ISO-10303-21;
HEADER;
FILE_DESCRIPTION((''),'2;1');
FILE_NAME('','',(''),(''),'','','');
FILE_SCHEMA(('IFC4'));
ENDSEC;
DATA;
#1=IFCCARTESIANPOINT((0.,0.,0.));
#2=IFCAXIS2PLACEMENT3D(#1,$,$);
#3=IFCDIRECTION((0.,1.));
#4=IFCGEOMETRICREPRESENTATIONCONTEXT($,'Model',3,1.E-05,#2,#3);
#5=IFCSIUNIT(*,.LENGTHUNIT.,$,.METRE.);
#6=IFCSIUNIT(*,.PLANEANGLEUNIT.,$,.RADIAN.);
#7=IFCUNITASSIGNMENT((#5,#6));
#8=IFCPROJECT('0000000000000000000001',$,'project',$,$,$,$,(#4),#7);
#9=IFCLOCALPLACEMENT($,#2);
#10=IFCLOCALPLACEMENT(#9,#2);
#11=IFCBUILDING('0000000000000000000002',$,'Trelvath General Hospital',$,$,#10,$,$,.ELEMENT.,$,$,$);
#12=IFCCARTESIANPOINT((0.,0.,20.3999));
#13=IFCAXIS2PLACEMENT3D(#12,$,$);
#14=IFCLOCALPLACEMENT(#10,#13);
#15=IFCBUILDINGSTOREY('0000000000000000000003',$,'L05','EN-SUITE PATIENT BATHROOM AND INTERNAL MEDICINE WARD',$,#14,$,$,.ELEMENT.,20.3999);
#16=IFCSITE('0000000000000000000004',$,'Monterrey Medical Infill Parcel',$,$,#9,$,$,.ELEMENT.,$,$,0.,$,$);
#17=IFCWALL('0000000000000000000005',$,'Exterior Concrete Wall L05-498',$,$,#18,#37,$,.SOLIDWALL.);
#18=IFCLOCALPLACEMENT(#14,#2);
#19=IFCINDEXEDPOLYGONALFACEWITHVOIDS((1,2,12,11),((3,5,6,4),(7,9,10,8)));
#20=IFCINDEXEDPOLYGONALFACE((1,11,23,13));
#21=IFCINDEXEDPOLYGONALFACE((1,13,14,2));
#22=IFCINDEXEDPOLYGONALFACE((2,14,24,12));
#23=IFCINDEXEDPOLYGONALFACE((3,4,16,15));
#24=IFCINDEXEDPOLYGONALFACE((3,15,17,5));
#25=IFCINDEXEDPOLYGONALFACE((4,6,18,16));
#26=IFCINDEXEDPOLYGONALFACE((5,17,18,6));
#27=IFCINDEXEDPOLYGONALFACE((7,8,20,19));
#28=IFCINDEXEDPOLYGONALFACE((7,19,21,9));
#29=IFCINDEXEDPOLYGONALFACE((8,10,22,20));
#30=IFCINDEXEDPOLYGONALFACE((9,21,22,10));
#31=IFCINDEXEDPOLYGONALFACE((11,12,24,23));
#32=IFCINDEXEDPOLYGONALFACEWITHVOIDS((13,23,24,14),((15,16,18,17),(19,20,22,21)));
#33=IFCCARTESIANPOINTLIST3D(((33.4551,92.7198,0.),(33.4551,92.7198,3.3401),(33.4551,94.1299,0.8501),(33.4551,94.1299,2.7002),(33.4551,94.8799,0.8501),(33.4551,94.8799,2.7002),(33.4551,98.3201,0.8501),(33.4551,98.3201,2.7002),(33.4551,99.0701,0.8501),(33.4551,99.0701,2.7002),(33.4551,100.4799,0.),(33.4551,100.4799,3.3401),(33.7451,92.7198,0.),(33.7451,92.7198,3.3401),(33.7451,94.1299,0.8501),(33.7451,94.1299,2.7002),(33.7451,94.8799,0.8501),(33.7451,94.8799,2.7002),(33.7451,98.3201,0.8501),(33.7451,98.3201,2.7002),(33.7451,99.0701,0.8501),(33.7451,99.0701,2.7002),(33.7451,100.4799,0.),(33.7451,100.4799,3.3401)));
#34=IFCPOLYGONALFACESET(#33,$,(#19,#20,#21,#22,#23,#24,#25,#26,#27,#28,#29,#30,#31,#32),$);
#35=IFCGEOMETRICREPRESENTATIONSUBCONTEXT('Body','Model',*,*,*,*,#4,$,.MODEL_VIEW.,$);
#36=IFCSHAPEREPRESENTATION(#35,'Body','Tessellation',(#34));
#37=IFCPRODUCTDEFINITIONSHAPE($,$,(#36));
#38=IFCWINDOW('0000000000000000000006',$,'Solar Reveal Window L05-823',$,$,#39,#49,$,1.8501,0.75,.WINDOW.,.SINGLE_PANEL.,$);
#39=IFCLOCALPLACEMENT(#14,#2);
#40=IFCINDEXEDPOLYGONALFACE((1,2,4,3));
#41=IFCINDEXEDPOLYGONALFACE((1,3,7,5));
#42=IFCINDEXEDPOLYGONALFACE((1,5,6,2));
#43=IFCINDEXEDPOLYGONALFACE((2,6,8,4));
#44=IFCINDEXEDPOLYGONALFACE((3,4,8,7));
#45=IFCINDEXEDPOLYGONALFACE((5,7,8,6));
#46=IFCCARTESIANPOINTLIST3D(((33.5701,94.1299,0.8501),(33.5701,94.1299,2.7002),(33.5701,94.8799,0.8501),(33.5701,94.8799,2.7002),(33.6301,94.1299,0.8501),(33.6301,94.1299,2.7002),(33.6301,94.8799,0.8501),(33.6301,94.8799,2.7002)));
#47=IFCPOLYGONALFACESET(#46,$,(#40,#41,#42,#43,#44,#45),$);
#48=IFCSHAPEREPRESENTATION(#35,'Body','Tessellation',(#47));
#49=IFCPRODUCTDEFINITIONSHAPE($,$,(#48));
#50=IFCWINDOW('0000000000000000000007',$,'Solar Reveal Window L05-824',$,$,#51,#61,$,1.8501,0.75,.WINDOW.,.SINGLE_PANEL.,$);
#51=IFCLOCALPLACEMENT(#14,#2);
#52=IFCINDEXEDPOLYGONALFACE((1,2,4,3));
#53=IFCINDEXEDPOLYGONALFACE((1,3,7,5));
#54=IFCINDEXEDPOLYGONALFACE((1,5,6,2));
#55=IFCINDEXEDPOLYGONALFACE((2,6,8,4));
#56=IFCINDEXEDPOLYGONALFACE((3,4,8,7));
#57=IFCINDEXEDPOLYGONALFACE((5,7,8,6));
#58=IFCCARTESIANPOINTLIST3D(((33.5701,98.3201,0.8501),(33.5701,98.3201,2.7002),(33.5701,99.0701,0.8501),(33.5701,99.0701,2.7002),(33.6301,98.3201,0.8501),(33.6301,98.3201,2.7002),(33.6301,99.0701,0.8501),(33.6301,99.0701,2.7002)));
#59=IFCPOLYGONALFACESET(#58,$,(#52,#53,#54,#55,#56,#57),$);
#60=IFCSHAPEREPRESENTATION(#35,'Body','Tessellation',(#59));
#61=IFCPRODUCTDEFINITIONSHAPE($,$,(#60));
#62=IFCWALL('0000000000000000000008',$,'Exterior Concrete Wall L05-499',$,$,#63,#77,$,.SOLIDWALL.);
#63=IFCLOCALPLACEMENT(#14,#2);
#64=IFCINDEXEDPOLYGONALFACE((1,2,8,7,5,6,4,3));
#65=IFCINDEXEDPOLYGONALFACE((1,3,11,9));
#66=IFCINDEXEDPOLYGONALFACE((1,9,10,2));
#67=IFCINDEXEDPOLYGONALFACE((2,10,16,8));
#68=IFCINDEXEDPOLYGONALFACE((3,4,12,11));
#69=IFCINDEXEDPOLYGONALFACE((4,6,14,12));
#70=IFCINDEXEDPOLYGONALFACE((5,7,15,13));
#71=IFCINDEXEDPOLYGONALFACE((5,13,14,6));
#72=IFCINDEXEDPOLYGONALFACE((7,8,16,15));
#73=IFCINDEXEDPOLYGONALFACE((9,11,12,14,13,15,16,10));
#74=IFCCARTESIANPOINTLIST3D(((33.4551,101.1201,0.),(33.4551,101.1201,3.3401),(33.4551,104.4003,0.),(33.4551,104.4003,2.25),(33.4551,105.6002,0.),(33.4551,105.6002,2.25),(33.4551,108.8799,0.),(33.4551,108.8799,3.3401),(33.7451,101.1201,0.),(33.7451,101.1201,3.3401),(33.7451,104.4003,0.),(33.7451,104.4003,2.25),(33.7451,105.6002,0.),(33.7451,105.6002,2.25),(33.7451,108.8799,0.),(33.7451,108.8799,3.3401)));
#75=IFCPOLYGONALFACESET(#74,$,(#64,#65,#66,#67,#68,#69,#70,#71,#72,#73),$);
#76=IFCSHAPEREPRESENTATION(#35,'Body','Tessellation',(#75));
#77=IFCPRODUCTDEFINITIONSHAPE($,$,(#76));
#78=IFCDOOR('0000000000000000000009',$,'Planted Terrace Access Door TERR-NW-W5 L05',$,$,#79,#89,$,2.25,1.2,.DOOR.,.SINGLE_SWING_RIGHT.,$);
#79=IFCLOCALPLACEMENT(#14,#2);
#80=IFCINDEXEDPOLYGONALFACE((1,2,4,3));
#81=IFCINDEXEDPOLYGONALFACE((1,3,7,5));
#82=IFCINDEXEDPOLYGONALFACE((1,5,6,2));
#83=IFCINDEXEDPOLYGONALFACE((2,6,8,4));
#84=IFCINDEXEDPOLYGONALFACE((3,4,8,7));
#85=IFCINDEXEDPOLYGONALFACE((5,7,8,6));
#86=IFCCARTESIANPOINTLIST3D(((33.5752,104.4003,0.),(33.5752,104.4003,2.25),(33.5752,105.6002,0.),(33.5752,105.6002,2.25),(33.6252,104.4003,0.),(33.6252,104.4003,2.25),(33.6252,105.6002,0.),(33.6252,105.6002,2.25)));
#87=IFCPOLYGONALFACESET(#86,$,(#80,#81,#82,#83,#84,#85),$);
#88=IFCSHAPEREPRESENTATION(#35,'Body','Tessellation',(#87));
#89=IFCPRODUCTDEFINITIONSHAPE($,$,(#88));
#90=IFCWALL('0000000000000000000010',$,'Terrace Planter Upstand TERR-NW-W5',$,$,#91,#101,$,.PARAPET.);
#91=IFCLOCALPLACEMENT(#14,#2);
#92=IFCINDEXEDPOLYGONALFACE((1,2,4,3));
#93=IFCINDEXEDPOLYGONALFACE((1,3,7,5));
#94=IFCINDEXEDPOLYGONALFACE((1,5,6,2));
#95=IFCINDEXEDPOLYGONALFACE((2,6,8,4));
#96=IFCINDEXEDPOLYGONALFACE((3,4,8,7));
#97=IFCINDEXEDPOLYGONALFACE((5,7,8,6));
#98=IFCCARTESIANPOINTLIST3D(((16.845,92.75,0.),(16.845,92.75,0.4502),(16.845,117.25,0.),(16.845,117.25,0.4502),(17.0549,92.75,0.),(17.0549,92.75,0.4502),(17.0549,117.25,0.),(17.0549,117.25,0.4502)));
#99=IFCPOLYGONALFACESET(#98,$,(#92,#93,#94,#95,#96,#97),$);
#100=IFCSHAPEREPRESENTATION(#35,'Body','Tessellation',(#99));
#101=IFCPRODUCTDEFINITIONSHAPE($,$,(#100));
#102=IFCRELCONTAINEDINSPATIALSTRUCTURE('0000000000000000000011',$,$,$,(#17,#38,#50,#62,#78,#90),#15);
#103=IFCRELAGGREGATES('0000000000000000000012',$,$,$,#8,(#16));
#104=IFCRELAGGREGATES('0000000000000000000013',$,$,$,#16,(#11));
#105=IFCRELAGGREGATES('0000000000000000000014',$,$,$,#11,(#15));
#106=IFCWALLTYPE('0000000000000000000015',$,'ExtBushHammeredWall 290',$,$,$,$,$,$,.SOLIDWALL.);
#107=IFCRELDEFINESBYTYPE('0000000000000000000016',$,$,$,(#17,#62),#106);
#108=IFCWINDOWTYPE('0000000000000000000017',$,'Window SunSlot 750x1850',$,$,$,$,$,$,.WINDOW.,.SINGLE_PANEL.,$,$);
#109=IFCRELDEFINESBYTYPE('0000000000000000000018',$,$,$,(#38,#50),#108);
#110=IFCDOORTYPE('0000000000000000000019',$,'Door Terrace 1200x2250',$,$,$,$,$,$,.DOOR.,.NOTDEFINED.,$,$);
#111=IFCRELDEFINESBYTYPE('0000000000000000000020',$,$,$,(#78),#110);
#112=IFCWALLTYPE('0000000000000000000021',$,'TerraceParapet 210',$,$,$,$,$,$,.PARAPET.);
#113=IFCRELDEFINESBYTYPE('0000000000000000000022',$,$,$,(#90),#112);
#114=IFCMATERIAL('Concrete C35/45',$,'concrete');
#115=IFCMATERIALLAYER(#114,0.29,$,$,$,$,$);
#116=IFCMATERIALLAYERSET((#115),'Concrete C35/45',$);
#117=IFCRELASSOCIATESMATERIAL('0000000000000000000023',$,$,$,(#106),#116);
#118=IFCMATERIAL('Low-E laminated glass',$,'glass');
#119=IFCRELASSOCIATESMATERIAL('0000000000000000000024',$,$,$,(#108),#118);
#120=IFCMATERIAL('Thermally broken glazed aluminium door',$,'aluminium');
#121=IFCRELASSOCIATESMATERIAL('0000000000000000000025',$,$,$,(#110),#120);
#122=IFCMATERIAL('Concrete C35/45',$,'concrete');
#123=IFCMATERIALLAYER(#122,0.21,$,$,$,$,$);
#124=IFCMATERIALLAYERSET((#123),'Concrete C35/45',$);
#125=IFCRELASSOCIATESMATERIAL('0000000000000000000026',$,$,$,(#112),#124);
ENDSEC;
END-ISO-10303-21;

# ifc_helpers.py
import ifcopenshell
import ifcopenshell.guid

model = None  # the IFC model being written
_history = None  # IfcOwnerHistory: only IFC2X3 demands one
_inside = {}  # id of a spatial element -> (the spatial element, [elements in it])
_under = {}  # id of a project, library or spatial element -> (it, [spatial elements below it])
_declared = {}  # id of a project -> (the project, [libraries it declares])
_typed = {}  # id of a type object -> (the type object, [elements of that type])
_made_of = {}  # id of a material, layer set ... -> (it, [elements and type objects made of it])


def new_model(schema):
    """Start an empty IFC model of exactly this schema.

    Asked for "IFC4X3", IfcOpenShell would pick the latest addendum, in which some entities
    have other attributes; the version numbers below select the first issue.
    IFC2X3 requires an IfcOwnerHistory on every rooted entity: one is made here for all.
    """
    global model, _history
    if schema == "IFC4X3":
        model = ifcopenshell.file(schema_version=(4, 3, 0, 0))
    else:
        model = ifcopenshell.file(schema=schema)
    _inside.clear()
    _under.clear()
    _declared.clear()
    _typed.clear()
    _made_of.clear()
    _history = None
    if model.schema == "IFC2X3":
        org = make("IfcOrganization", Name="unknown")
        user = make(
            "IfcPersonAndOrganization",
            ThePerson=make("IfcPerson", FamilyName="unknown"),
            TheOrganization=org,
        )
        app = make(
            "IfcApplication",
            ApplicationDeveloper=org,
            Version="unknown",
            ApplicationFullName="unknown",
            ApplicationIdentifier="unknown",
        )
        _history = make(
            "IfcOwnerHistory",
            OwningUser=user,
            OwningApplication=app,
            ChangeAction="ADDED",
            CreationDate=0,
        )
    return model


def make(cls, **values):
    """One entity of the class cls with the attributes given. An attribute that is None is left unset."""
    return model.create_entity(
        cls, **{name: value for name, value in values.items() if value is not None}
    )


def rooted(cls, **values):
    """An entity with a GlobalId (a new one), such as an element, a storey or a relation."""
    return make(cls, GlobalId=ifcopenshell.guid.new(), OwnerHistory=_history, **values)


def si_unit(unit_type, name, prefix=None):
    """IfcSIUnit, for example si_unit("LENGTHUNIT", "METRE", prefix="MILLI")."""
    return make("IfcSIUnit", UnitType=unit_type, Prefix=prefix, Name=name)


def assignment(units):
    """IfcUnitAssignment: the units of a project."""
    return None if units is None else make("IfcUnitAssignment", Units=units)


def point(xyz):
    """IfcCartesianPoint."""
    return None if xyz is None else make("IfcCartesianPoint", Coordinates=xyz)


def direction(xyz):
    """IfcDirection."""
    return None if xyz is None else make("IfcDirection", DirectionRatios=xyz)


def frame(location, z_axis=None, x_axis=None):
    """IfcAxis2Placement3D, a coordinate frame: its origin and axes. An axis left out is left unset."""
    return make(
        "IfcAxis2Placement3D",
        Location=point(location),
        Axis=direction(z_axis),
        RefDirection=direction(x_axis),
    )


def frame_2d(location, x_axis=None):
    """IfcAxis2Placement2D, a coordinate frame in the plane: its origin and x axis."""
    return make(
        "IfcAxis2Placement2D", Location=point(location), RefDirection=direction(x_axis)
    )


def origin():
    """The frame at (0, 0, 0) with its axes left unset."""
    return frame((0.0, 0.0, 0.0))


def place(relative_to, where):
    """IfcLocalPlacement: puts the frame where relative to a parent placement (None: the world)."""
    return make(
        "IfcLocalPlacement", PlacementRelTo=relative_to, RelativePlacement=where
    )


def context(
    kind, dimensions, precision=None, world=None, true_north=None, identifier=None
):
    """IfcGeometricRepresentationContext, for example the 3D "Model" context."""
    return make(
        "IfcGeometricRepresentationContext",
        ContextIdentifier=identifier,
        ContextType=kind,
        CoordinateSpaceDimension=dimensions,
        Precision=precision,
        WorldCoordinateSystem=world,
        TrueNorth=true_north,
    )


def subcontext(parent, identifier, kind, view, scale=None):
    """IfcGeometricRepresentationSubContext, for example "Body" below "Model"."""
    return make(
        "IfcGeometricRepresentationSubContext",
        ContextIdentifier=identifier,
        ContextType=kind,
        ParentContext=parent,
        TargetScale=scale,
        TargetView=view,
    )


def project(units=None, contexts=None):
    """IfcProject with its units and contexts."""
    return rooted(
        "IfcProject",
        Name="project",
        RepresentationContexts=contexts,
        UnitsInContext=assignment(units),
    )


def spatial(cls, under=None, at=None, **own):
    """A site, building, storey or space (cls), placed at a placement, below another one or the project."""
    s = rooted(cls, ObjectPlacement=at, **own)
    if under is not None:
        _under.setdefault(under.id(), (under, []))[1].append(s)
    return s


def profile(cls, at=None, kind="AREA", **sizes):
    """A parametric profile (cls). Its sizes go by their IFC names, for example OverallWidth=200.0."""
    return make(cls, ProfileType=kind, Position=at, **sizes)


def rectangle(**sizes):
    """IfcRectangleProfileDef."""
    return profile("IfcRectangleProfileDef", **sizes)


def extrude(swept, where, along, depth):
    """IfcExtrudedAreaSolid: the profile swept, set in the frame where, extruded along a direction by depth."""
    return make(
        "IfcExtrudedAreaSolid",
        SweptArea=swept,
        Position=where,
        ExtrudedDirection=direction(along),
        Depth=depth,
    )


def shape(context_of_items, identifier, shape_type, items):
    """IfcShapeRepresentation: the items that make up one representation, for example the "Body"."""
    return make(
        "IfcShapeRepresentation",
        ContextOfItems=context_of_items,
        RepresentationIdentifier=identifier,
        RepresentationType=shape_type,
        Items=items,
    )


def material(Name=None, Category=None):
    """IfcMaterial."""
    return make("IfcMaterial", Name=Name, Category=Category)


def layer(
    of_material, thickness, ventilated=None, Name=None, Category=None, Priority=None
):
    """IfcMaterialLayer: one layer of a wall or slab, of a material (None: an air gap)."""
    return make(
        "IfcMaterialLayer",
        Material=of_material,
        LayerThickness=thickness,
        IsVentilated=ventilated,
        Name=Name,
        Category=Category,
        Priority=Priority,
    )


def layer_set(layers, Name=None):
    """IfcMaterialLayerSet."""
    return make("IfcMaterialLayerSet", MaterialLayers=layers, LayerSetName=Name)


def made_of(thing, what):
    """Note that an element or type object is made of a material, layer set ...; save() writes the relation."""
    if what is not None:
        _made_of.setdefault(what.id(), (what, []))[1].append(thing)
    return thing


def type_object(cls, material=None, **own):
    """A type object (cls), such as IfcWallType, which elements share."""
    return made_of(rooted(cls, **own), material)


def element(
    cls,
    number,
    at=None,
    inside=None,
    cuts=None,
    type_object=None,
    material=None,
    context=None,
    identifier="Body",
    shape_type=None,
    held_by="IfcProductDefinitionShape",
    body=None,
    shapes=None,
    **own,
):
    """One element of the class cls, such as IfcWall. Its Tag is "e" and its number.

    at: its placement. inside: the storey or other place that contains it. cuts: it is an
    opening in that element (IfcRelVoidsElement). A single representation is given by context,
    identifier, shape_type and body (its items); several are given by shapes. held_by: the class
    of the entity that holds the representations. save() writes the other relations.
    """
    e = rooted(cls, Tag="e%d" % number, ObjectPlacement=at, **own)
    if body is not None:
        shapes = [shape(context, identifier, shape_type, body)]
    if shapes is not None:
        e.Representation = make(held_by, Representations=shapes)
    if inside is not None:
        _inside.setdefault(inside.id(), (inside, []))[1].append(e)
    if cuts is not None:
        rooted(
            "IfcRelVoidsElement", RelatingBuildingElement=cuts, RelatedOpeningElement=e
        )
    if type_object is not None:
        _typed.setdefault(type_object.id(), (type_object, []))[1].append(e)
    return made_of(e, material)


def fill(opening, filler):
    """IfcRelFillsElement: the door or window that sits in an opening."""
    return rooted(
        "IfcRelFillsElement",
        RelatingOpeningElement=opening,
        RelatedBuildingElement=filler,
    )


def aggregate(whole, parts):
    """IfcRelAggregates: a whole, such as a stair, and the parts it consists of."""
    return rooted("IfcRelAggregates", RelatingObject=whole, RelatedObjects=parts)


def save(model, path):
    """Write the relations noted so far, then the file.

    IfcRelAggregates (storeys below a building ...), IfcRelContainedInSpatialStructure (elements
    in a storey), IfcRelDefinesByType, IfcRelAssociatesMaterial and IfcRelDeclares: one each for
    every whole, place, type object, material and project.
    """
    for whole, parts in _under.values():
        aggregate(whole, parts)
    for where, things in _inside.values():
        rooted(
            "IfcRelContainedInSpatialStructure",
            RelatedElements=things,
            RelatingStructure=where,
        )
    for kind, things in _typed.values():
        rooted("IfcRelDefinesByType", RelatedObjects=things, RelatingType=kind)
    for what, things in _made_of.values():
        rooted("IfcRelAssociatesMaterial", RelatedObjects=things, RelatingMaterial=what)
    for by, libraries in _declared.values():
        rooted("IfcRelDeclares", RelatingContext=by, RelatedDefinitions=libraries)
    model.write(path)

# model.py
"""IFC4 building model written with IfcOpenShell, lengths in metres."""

from ifc_helpers import new_model, si_unit, direction, frame, frame_2d, origin, place, context, subcontext, project, spatial, rectangle, extrude, material, layer, layer_set, type_object, element, fill, save


model = new_model("IFC4")

# Units and contexts
model_context = context("Model", 3, precision=1e-05, world=origin(), true_north=direction((0.0, 1.0)))
body_context = subcontext(model_context, "Body", "Model", "MODEL_VIEW")
ifc_project = project(units=[si_unit("LENGTHUNIT", "METRE"), si_unit("PLANEANGLEUNIT", "RADIAN")], contexts=[model_context])

# Site, building, storey
site_placement = place(None, origin())
site = spatial("IfcSite", under=ifc_project, at=site_placement, Name="Monterrey Medical Infill Parcel", CompositionType="ELEMENT", RefElevation=0.0)
building_placement = place(site_placement, origin())
building = spatial("IfcBuilding", under=site, at=building_placement, Name="Trelvath General Hospital", CompositionType="ELEMENT")
storey_placement = place(building_placement, frame((0.0, 0.0, 20.3999)))
storey = spatial("IfcBuildingStorey", under=building, at=storey_placement, Name="L05", Description="EN-SUITE PATIENT BATHROOM AND INTERNAL MEDICINE WARD", CompositionType="ELEMENT", Elevation=20.3999)

# Wall, openings, windows
ifc_material_1 = material(Name="Concrete C35/45", Category="concrete")
ifc_layer_1 = layer(ifc_material_1, 0.29)
ifc_layer_set_1 = layer_set([ifc_layer_1], Name="Concrete C35/45")
wall_type_1 = type_object("IfcWallType", Name="ExtBushHammeredWall 290", PredefinedType="SOLIDWALL", material=ifc_layer_set_1)
wall_1_placement = place(storey_placement, frame((33.6001, 92.72, 0.0), z_axis=(0.0, 0.0, 1.0), x_axis=(0.0, 1.0, 0.0)))
wall_1 = element("IfcWall", 1, at=wall_1_placement, inside=storey, type_object=wall_type_1, Name="Exterior Concrete Wall L05-498", PredefinedType="SOLIDWALL", context=body_context, shape_type="SweptSolid", body=[
    extrude(rectangle(XDim=7.76, YDim=0.29, at=frame_2d((3.8799, 0.0))), origin(), (0.0, 0.0, 1.0), 3.3401),
])
opening_1_placement = place(wall_1_placement, frame((1.4099, 0.0, 0.8501)))
opening_1 = element("IfcOpeningElement", 2, at=opening_1_placement, cuts=wall_1, PredefinedType="OPENING", context=body_context, shape_type="SweptSolid", body=[
    extrude(rectangle(XDim=0.75, YDim=1.8501, at=frame_2d((0.375, 0.925))), frame((0.0, 0.155, 0.0), z_axis=(0.0, -1.0, 0.0), x_axis=(1.0, 0.0, 0.0)), (0.0, 0.0, 1.0), 0.3101),
])
opening_2_placement = place(wall_1_placement, frame((5.6001, 0.0, 0.8501)))
opening_2 = element("IfcOpeningElement", 3, at=opening_2_placement, cuts=wall_1, PredefinedType="OPENING", context=body_context, shape_type="SweptSolid", body=[
    extrude(rectangle(XDim=0.75, YDim=1.8501, at=frame_2d((0.375, 0.925))), frame((0.0, 0.155, 0.0), z_axis=(0.0, -1.0, 0.0), x_axis=(1.0, 0.0, 0.0)), (0.0, 0.0, 1.0), 0.3101),
])
ifc_material_2 = material(Name="Low-E laminated glass", Category="glass")
window_type = type_object("IfcWindowType", Name="Window SunSlot 750x1850", PartitioningType="SINGLE_PANEL", PredefinedType="WINDOW", material=ifc_material_2)
window_1_placement = place(opening_1_placement, origin())
window_1 = element("IfcWindow", 4, at=window_1_placement, inside=storey, type_object=window_type, Name="Solar Reveal Window L05-823", OverallHeight=1.8501, OverallWidth=0.75, PartitioningType="SINGLE_PANEL", PredefinedType="WINDOW", context=body_context, shape_type="SweptSolid", body=[
    extrude(rectangle(XDim=0.75, YDim=1.8501, at=frame_2d((0.375, 0.925))), frame((0.0, 0.03, 0.0), z_axis=(0.0, -1.0, 0.0), x_axis=(1.0, 0.0, 0.0)), (0.0, 0.0, 1.0), 0.0601),
])
fill(opening_1, window_1)
window_2_placement = place(opening_2_placement, origin())
window_2 = element("IfcWindow", 5, at=window_2_placement, inside=storey, type_object=window_type, Name="Solar Reveal Window L05-824", OverallHeight=1.8501, OverallWidth=0.75, PartitioningType="SINGLE_PANEL", PredefinedType="WINDOW", context=body_context, shape_type="SweptSolid", body=[
    extrude(rectangle(XDim=0.75, YDim=1.8501, at=frame_2d((0.375, 0.925))), frame((0.0, 0.03, 0.0), z_axis=(0.0, -1.0, 0.0), x_axis=(1.0, 0.0, 0.0)), (0.0, 0.0, 1.0), 0.0601),
])
fill(opening_2, window_2)

# Wall, opening, door
wall_2_placement = place(storey_placement, frame((33.6001, 101.1201, 0.0), z_axis=(0.0, 0.0, 1.0), x_axis=(0.0, 1.0, 0.0)))
wall_2 = element("IfcWall", 6, at=wall_2_placement, inside=storey, type_object=wall_type_1, Name="Exterior Concrete Wall L05-499", PredefinedType="SOLIDWALL", context=body_context, shape_type="SweptSolid", body=[
    extrude(rectangle(XDim=7.7598, YDim=0.29, at=frame_2d((3.8799, 0.0))), origin(), (0.0, 0.0, 1.0), 3.3401),
])
opening_3_placement = place(wall_2_placement, frame((3.28, 0.0, 0.0)))
opening_3 = element("IfcOpeningElement", 7, at=opening_3_placement, cuts=wall_2, PredefinedType="OPENING", context=body_context, shape_type="SweptSolid", body=[
    extrude(rectangle(XDim=1.2, YDim=2.25, at=frame_2d((0.6001, 1.125))), frame((0.0, 0.155, 0.0), z_axis=(0.0, -1.0, 0.0), x_axis=(1.0, 0.0, 0.0)), (0.0, 0.0, 1.0), 0.3101),
])
ifc_material_3 = material(Name="Thermally broken glazed aluminium door", Category="aluminium")
door_type_1 = type_object("IfcDoorType", Name="Door Terrace 1200x2250", OperationType="NOTDEFINED", PredefinedType="DOOR", material=ifc_material_3)
door_1_placement = place(opening_3_placement, origin())
door_1 = element("IfcDoor", 8, at=door_1_placement, inside=storey, type_object=door_type_1, Name="Planted Terrace Access Door TERR-NW-W5 L05", OperationType="SINGLE_SWING_RIGHT", OverallHeight=2.25, OverallWidth=1.2, PredefinedType="DOOR", context=body_context, shape_type="SweptSolid", body=[
    extrude(rectangle(XDim=1.2, YDim=2.25, at=frame_2d((0.6001, 1.125))), frame((0.0, 0.0249, 0.0), z_axis=(0.0, -1.0, 0.0), x_axis=(1.0, 0.0, 0.0)), (0.0, 0.0, 1.0), 0.05),
])
fill(opening_3, door_1)

# Wall
ifc_material_4 = material(Name="Concrete C35/45", Category="concrete")
ifc_layer_2 = layer(ifc_material_4, 0.21)
ifc_layer_set_2 = layer_set([ifc_layer_2], Name="Concrete C35/45")
wall_type_2 = type_object("IfcWallType", Name="TerraceParapet 210", PredefinedType="PARAPET", material=ifc_layer_set_2)
wall_3_placement = place(storey_placement, frame((16.95, 92.75, 0.0), z_axis=(0.0, 0.0, 1.0), x_axis=(0.0, 1.0, 0.0)))
element("IfcWall", 9, at=wall_3_placement, inside=storey, type_object=wall_type_2, Name="Terrace Planter Upstand TERR-NW-W5", PredefinedType="PARAPET", context=body_context, shape_type="SweptSolid", body=[
    extrude(rectangle(XDim=24.5, YDim=0.21, at=frame_2d((12.25, 0.0))), origin(), (0.0, 0.0, 1.0), 0.4502),
])

save(model, "model.ifc")
